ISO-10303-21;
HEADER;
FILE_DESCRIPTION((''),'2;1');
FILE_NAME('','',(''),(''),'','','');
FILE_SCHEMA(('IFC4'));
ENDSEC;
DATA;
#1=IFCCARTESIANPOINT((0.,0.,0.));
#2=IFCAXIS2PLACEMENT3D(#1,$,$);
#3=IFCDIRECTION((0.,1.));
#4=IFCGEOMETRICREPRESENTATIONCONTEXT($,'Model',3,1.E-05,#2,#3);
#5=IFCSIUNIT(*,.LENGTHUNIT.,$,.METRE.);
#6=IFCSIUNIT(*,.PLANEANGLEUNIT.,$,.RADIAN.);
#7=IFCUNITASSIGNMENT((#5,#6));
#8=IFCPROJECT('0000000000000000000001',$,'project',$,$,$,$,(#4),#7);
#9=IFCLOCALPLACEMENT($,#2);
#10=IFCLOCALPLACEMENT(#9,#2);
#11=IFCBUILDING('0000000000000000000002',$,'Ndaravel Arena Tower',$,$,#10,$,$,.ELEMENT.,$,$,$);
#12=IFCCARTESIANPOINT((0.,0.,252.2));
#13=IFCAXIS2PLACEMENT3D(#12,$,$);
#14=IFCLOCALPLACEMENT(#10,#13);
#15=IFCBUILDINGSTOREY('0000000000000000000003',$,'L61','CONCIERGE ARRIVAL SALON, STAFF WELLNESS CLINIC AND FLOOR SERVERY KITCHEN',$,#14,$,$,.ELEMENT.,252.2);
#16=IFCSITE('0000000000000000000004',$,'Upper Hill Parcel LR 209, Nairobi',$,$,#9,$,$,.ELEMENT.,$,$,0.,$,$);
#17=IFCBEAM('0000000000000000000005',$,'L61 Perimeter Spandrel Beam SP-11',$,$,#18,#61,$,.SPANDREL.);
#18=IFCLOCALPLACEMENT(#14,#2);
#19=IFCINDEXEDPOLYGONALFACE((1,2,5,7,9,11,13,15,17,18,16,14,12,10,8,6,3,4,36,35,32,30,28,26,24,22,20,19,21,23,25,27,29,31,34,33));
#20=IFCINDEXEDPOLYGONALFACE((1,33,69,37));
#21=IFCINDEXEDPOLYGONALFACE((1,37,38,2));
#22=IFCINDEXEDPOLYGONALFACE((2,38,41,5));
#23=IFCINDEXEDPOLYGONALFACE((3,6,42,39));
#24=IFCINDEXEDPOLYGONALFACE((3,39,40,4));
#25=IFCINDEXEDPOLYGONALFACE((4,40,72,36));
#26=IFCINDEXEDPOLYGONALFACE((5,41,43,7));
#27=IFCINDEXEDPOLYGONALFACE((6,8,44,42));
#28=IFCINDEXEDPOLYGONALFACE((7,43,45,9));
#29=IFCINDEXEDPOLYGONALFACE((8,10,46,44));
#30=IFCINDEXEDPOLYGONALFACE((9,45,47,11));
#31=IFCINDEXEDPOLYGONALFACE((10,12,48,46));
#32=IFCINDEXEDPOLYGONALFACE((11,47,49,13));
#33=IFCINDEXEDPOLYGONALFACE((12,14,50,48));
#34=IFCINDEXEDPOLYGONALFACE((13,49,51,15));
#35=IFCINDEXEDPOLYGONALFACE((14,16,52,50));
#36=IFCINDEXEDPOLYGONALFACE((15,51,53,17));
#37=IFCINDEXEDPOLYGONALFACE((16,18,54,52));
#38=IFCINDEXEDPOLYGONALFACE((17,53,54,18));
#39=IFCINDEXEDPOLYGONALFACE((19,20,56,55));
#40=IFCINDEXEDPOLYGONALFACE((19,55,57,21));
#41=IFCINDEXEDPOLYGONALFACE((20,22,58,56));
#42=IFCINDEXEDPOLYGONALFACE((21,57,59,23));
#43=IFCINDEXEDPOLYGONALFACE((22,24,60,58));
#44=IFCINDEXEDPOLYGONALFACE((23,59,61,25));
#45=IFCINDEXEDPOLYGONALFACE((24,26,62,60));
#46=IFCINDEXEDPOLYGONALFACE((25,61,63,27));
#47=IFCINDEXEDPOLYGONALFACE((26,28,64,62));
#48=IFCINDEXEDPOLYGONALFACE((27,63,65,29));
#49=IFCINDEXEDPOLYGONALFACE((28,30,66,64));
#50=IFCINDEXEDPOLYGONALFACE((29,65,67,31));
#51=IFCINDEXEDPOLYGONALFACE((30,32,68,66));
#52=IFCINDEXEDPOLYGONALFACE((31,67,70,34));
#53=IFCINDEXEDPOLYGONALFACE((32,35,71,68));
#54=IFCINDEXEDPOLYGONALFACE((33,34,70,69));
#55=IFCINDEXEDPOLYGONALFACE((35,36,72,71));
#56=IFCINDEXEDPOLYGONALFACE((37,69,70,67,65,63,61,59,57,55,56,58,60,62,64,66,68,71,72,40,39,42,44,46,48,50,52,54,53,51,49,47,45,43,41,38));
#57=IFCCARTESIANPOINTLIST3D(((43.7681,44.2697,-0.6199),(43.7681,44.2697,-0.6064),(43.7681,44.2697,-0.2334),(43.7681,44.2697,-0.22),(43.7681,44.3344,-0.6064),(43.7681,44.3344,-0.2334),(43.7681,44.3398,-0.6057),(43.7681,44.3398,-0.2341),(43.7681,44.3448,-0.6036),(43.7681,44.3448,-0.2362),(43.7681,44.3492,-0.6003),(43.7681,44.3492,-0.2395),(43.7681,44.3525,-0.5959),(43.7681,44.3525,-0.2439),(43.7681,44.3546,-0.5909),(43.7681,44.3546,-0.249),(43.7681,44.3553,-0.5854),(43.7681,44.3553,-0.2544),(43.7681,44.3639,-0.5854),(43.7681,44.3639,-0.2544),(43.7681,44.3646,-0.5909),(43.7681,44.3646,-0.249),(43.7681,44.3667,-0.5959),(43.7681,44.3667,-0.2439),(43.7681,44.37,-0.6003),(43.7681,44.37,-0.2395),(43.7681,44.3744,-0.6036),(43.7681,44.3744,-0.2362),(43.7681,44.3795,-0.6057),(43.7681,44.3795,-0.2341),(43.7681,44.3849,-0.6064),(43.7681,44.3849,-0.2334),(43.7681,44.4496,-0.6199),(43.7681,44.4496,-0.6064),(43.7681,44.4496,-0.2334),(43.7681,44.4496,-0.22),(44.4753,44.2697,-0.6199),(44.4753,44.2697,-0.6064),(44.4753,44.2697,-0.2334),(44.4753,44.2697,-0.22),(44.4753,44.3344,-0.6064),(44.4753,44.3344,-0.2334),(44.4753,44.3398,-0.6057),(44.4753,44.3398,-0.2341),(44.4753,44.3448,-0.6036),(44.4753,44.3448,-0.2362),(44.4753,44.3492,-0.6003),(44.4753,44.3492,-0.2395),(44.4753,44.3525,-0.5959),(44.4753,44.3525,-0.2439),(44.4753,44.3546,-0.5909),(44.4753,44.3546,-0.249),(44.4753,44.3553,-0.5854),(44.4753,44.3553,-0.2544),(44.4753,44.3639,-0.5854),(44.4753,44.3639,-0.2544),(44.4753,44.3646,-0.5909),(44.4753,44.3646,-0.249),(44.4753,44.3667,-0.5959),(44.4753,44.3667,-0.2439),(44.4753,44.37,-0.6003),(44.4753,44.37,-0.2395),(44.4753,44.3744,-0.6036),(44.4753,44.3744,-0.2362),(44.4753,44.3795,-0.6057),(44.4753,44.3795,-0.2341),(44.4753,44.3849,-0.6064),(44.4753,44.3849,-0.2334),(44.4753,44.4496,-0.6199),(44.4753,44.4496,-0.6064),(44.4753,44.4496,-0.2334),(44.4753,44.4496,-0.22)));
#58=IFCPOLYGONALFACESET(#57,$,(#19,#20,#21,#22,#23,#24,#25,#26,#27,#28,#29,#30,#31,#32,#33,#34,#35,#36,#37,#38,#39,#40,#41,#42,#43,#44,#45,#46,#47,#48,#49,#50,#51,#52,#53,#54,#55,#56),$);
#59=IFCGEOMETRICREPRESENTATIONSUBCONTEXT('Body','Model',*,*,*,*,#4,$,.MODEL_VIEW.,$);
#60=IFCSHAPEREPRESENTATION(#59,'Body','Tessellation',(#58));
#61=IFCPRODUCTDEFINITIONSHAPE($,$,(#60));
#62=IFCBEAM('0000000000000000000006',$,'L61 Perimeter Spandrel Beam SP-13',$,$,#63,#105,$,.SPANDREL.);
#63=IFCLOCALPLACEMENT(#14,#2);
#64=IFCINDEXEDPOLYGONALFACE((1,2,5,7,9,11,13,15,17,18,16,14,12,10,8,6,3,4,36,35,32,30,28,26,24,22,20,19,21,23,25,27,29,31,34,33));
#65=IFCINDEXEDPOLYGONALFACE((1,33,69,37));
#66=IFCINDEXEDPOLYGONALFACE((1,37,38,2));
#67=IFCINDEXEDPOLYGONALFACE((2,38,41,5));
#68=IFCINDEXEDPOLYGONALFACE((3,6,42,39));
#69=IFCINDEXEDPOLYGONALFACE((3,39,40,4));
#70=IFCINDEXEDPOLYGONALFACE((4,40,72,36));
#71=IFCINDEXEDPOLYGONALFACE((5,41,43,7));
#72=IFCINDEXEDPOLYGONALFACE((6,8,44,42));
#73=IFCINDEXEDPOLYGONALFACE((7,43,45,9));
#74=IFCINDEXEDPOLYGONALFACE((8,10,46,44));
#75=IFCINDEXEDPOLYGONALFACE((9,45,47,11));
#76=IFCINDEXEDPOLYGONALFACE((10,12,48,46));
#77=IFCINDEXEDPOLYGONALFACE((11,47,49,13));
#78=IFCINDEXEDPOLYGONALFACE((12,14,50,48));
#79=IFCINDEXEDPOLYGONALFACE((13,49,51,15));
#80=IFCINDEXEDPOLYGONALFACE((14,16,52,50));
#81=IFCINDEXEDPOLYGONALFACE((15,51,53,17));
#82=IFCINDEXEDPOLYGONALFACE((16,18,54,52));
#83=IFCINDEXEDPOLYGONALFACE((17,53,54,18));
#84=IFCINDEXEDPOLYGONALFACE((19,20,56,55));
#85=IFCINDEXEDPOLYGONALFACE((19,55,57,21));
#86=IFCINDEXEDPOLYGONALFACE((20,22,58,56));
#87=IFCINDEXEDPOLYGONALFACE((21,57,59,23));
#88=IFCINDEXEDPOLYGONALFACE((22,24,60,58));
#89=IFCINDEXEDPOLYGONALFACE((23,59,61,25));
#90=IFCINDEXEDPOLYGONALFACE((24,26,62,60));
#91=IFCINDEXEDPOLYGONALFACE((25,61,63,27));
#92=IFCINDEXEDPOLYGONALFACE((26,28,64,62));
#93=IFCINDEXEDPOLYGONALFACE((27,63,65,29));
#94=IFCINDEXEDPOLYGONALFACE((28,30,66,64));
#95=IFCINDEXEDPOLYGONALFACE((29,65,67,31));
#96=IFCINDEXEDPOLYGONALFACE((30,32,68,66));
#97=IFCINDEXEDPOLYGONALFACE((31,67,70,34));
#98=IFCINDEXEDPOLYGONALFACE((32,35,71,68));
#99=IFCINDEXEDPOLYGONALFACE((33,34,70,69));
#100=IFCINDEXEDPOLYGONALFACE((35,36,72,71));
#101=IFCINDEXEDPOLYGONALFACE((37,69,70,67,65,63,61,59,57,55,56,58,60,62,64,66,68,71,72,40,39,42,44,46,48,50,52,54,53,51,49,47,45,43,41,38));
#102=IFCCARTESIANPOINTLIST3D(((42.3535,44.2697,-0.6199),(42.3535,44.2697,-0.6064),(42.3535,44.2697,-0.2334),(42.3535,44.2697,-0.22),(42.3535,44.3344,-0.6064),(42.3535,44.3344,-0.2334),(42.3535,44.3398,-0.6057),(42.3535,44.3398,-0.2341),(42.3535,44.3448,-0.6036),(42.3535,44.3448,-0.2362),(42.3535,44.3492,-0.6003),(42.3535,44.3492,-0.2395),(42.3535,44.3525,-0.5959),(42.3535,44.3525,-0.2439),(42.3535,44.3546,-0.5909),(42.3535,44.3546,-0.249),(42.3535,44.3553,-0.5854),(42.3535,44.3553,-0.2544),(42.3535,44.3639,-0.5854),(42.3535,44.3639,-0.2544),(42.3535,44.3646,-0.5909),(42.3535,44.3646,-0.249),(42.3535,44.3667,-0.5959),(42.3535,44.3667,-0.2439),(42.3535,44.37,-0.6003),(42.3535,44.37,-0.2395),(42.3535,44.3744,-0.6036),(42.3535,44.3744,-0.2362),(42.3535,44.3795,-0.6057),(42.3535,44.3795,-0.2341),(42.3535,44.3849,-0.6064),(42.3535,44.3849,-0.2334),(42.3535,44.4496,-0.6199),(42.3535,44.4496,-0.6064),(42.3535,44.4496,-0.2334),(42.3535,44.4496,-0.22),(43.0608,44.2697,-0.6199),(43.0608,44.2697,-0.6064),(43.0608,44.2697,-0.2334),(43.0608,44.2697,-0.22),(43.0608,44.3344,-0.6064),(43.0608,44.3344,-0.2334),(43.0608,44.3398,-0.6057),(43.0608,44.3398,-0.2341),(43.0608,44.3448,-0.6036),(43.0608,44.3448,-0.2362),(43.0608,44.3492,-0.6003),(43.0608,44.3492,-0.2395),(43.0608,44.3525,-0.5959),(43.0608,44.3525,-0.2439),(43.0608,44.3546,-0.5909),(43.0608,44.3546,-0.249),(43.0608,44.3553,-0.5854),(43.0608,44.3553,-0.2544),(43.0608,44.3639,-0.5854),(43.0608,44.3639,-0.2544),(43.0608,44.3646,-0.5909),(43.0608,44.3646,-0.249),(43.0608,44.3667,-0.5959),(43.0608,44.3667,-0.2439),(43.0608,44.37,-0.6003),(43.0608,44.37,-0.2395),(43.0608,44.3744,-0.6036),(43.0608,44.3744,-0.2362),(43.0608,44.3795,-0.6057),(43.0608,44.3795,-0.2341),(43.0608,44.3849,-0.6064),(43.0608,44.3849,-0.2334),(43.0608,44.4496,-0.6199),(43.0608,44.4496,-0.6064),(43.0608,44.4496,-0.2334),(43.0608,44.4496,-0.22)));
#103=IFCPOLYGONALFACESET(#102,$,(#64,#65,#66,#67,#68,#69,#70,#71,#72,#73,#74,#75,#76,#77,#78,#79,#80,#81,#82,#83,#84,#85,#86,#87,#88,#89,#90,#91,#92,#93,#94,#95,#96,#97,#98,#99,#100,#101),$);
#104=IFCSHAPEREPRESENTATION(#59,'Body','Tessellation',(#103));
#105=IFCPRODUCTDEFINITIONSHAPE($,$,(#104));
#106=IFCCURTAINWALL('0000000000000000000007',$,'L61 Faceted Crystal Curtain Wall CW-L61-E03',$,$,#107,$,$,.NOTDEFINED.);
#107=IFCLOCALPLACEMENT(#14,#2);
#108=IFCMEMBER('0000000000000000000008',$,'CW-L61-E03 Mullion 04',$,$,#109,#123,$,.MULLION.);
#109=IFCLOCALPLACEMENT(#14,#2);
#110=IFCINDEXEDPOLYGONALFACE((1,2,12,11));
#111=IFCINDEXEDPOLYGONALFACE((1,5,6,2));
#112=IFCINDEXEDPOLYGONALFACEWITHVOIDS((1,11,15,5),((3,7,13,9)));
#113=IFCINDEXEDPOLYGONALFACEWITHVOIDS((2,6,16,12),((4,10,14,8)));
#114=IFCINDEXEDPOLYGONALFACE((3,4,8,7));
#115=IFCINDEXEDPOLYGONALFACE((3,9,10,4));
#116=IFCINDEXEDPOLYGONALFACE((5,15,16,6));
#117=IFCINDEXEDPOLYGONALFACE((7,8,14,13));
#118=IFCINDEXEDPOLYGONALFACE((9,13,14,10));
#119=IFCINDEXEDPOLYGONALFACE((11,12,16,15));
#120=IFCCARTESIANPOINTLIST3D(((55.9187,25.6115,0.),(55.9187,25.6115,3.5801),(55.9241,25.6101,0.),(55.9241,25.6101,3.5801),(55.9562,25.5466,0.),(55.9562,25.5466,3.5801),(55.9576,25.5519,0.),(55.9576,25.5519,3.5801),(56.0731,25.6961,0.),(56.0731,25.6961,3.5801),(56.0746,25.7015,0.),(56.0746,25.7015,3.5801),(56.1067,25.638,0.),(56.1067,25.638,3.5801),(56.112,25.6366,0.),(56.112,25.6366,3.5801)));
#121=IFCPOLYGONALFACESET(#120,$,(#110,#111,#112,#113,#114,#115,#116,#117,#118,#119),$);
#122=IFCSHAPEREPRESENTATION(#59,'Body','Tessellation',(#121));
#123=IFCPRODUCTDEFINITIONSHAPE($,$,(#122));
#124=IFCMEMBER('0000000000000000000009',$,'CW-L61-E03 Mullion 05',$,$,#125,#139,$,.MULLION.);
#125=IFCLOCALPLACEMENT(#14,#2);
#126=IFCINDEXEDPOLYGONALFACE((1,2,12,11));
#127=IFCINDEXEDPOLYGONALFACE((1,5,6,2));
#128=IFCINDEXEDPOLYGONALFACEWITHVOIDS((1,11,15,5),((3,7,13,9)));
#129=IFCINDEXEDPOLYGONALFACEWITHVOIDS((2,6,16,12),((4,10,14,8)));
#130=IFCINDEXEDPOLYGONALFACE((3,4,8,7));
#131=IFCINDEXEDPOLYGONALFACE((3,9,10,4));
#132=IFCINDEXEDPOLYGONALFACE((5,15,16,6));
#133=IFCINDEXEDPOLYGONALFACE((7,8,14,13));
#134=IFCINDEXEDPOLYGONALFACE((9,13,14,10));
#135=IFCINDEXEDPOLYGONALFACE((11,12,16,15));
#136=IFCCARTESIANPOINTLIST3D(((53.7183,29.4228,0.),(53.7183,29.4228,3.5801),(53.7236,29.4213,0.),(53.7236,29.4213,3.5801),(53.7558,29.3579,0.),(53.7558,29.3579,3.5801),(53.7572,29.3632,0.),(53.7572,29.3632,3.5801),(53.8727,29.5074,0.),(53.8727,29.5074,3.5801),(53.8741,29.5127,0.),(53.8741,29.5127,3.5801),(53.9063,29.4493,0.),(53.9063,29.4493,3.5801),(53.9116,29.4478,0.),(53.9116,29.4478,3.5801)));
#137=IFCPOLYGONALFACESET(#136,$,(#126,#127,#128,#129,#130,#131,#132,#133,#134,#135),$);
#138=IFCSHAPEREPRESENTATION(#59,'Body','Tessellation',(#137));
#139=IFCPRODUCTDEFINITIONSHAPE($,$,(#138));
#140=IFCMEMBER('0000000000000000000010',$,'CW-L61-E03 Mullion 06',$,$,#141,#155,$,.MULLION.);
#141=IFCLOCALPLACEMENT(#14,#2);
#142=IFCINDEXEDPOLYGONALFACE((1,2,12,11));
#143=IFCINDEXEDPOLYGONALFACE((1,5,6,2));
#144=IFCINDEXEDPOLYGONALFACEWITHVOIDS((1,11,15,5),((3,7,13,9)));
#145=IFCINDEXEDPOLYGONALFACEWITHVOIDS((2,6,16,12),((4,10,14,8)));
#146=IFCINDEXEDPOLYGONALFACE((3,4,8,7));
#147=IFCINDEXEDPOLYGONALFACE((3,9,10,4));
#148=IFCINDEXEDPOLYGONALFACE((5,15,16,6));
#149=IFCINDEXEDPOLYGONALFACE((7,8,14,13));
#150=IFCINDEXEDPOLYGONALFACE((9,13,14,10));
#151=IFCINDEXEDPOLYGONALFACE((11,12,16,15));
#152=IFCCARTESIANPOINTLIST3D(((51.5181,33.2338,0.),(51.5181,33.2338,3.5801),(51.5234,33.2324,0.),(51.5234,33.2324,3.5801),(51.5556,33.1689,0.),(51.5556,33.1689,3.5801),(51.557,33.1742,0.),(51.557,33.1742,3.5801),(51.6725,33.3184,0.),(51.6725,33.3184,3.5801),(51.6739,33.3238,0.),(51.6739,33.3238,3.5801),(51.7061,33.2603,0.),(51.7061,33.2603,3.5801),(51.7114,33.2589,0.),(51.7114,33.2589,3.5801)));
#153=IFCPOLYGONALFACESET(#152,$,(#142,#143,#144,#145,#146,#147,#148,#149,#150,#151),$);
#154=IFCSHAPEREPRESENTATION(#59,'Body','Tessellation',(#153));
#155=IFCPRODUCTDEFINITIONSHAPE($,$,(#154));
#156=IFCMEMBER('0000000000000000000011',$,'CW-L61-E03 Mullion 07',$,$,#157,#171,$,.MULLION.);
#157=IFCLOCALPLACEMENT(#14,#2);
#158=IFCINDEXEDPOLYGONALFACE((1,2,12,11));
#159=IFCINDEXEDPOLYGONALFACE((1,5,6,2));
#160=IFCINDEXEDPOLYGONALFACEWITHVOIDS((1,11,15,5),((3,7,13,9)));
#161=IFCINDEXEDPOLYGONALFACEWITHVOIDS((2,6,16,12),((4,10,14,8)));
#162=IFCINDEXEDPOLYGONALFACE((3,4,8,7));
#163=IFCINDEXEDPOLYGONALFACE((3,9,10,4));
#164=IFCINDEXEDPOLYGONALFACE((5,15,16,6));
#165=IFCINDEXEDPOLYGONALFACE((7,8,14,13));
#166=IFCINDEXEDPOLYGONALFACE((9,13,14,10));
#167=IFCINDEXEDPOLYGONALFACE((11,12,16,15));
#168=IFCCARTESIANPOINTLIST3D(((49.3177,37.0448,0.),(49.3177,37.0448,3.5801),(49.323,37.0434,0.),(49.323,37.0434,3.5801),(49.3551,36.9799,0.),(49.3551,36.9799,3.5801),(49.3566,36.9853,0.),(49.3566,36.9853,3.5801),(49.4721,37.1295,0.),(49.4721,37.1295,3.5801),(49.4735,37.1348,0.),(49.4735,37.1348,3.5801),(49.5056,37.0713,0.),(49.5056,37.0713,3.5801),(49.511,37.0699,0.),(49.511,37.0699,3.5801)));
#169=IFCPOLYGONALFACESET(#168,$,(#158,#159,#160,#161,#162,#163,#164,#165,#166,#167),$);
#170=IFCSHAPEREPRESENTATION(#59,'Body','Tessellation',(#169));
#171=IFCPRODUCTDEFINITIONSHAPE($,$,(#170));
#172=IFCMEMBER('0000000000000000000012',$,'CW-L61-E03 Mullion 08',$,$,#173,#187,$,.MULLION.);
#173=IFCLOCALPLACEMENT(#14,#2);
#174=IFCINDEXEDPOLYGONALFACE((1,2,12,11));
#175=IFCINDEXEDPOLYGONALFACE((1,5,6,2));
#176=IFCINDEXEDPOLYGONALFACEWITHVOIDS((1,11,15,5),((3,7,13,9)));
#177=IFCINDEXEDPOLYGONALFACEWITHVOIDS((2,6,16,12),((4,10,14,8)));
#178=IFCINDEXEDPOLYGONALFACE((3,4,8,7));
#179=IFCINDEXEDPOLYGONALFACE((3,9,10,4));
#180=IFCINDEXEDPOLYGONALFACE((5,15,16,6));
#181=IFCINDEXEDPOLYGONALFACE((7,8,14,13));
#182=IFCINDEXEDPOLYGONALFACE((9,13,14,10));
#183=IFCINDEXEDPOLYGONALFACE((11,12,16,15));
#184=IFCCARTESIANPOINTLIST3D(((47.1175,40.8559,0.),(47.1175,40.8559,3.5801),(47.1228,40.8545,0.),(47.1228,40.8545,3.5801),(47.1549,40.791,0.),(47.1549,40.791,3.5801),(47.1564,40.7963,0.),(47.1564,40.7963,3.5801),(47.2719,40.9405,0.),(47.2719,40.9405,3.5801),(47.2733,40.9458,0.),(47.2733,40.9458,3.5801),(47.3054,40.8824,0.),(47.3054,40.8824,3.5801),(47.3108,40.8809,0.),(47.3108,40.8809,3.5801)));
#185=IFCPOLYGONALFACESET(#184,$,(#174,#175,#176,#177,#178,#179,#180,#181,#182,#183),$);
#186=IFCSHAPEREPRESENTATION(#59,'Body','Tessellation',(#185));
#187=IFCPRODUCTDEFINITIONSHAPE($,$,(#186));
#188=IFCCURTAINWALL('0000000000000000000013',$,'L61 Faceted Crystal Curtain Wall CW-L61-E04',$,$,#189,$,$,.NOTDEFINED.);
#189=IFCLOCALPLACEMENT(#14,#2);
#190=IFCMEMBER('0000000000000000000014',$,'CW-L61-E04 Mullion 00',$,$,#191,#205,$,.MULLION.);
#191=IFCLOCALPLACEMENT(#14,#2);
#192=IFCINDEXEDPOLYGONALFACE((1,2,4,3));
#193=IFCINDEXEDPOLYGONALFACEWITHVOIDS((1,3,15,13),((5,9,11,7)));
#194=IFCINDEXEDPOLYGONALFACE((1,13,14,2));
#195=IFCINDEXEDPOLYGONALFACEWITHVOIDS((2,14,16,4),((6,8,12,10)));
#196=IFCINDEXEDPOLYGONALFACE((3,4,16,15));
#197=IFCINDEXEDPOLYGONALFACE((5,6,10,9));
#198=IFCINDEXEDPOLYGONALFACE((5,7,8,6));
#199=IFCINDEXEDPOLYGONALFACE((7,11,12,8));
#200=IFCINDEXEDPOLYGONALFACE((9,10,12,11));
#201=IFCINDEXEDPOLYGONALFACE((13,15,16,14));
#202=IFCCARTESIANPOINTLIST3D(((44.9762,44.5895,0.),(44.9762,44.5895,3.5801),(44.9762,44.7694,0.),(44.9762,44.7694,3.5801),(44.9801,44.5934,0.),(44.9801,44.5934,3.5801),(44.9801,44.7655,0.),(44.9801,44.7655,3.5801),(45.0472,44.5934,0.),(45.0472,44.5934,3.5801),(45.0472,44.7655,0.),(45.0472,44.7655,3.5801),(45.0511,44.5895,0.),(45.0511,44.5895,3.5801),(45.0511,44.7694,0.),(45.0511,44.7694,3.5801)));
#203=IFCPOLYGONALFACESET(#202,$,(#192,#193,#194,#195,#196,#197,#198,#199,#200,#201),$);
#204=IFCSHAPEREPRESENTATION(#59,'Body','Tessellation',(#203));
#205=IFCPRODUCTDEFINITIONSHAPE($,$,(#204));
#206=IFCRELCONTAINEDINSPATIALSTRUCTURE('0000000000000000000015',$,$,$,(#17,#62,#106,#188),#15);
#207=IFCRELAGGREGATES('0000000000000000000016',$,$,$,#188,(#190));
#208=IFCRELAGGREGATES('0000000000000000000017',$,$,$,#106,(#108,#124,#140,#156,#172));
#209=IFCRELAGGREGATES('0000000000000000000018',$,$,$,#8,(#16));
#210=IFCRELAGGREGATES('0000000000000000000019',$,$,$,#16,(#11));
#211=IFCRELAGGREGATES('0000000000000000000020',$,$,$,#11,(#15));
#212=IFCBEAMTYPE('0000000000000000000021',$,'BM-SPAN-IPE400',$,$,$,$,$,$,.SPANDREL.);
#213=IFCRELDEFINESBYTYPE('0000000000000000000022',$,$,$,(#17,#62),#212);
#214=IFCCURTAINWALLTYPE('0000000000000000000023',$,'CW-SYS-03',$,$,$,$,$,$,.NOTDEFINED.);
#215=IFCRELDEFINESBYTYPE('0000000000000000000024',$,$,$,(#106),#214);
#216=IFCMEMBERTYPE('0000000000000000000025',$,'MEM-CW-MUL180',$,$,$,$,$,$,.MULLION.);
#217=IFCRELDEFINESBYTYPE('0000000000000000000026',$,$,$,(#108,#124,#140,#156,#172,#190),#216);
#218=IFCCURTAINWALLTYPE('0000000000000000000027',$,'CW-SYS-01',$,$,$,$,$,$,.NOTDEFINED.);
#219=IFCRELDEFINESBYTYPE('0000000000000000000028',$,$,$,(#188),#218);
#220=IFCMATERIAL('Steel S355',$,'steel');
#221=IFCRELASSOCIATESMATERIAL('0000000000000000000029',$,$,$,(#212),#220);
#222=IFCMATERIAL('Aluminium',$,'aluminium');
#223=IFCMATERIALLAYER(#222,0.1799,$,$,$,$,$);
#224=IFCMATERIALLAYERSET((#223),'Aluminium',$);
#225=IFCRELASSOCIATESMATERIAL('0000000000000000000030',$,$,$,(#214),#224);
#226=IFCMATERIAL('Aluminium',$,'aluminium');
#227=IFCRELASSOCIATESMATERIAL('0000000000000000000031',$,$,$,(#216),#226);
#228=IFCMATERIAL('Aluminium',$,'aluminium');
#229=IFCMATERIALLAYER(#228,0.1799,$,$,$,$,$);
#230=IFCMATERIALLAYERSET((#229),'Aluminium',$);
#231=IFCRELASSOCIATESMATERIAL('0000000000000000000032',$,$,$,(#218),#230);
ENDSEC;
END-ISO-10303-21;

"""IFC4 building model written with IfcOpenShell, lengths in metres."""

from ifc_helpers import new_model, si_unit, direction, frame, origin, origin_2d, place, context, subcontext, project, spatial, hollow_rectangle, i_section, extrude, material, layer, layer_set, material_profile, profile_set, type_object, element, aggregate, save


model = new_model("IFC4")

# Units and contexts
model_context = context("Model", 3, precision=1e-05, world=origin(), true_north=direction((0.0, 1.0)))
body_context = subcontext(model_context, "Body", "Model", "MODEL_VIEW")
ifc_project = project(units=[si_unit("LENGTHUNIT", "METRE"), si_unit("PLANEANGLEUNIT", "RADIAN")], contexts=[model_context])

# Site, building, storey
site_placement = place(None, origin())
site = spatial("IfcSite", under=ifc_project, at=site_placement, Name="Upper Hill Parcel LR 209, Nairobi", CompositionType="ELEMENT", RefElevation=0.0)
building_placement = place(site_placement, origin())
building = spatial("IfcBuilding", under=site, at=building_placement, Name="Ndaravel Arena Tower", CompositionType="ELEMENT")
storey_placement = place(building_placement, frame((0.0, 0.0, 252.2)))
storey = spatial("IfcBuildingStorey", under=building, at=storey_placement, Name="L61", Description="CONCIERGE ARRIVAL SALON, STAFF WELLNESS CLINIC AND FLOOR SERVERY KITCHEN", CompositionType="ELEMENT", Elevation=252.2)

# Beams
ifc_material_1 = material(Name="Steel S355", Category="steel")
ifc_material_profile_1 = material_profile(ifc_material_1, i_section(OverallWidth=0.1799, OverallDepth=0.3999, WebThickness=0.0085, FlangeThickness=0.0134, FilletRadius=0.021, at=origin_2d()), Name="IPE 400")
ifc_profile_set_1 = profile_set([ifc_material_profile_1], Name="Steel S355")
beam_type_1 = type_object("IfcBeamType", Name="BM-SPAN-IPE400", PredefinedType="SPANDREL", material=ifc_profile_set_1)
for number, where, z_axis, x_axis, name in (
    (1, (44.4753, 44.3596, -0.4199), (-1.0, 0.0, 0.0), (0.0, -1.0, 0.0), "L61 Perimeter Spandrel Beam SP-11"),
    (2, (43.0608, 44.3596, -0.4199), (-1.0, 0.0, 0.0), (0.0, -1.0, 0.0), "L61 Perimeter Spandrel Beam SP-13"),
):
    element("IfcBeam", number, at=place(storey_placement, frame(where, z_axis=z_axis, x_axis=x_axis)), inside=storey, type_object=beam_type_1, Name=name, PredefinedType="SPANDREL", context=body_context, shape_type="SweptSolid", body=[
        extrude(i_section(OverallWidth=0.1799, OverallDepth=0.3999, WebThickness=0.0085, FlangeThickness=0.0134, FilletRadius=0.021, at=origin_2d()), origin(), (0.0, 0.0, 1.0), 0.7073),
    ])

# Curtain walls, members
ifc_material_2 = material(Name="Aluminium", Category="aluminium")
ifc_layer_1 = layer(ifc_material_2, 0.1799)
ifc_layer_set_1 = layer_set([ifc_layer_1], Name="Aluminium")
curtain_wall_type_1 = type_object("IfcCurtainWallType", Name="CW-SYS-03", PredefinedType="NOTDEFINED", material=ifc_layer_set_1)
curtain_wall_1_placement = place(storey_placement, origin())
curtain_wall_1 = element("IfcCurtainWall", 3, at=curtain_wall_1_placement, inside=storey, type_object=curtain_wall_type_1, Name="L61 Faceted Crystal Curtain Wall CW-L61-E03", PredefinedType="NOTDEFINED")
ifc_material_3 = material(Name="Aluminium", Category="aluminium")
ifc_material_profile_2 = material_profile(ifc_material_3, hollow_rectangle(XDim=0.075, YDim=0.1799, WallThickness=0.0039, at=origin_2d()), Name="CW MULLION 75x180x4")
ifc_profile_set_2 = profile_set([ifc_material_profile_2], Name="Aluminium")
member_type_1 = type_object("IfcMemberType", Name="MEM-CW-MUL180", PredefinedType="MULLION", material=ifc_profile_set_2)
member_1_placement = place(storey_placement, frame((56.0154, 25.624, 0.0), z_axis=(0.0, 0.0, 1.0), x_axis=(-0.5, 0.866025, 0.0)))
member_1 = element("IfcMember", 4, at=member_1_placement, type_object=member_type_1, Name="CW-L61-E03 Mullion 04", PredefinedType="MULLION", context=body_context, shape_type="SweptSolid", body=[
    extrude(hollow_rectangle(XDim=0.075, YDim=0.1799, WallThickness=0.0039, at=origin_2d()), origin(), (0.0, 0.0, 1.0), 3.5801),
])
member_2_placement = place(storey_placement, frame((53.8149, 29.4353, 0.0), z_axis=(0.0, 0.0, 1.0), x_axis=(-0.5, 0.866025, 0.0)))
member_2 = element("IfcMember", 5, at=member_2_placement, type_object=member_type_1, Name="CW-L61-E03 Mullion 05", PredefinedType="MULLION", context=body_context, shape_type="SweptSolid", body=[
    extrude(hollow_rectangle(XDim=0.075, YDim=0.1799, WallThickness=0.0039, at=origin_2d()), origin(), (0.0, 0.0, 1.0), 3.5801),
])
member_3_placement = place(storey_placement, frame((51.6147, 33.2463, 0.0), z_axis=(0.0, 0.0, 1.0), x_axis=(-0.5, 0.866025, 0.0)))
member_3 = element("IfcMember", 6, at=member_3_placement, type_object=member_type_1, Name="CW-L61-E03 Mullion 06", PredefinedType="MULLION", context=body_context, shape_type="SweptSolid", body=[
    extrude(hollow_rectangle(XDim=0.075, YDim=0.1799, WallThickness=0.0039, at=origin_2d()), origin(), (0.0, 0.0, 1.0), 3.5801),
])
member_4_placement = place(storey_placement, frame((49.4143, 37.0574, 0.0), z_axis=(0.0, 0.0, 1.0), x_axis=(-0.5, 0.866025, 0.0)))
member_4 = element("IfcMember", 7, at=member_4_placement, type_object=member_type_1, Name="CW-L61-E03 Mullion 07", PredefinedType="MULLION", context=body_context, shape_type="SweptSolid", body=[
    extrude(hollow_rectangle(XDim=0.075, YDim=0.1799, WallThickness=0.0039, at=origin_2d()), origin(), (0.0, 0.0, 1.0), 3.5801),
])
member_5_placement = place(storey_placement, frame((47.2141, 40.8684, 0.0), z_axis=(0.0, 0.0, 1.0), x_axis=(-0.5, 0.866025, 0.0)))
member_5 = element("IfcMember", 8, at=member_5_placement, type_object=member_type_1, Name="CW-L61-E03 Mullion 08", PredefinedType="MULLION", context=body_context, shape_type="SweptSolid", body=[
    extrude(hollow_rectangle(XDim=0.075, YDim=0.1799, WallThickness=0.0039, at=origin_2d()), origin(), (0.0, 0.0, 1.0), 3.5801),
])
ifc_material_4 = material(Name="Aluminium", Category="aluminium")
ifc_layer_2 = layer(ifc_material_4, 0.1799)
ifc_layer_set_2 = layer_set([ifc_layer_2], Name="Aluminium")
curtain_wall_type_2 = type_object("IfcCurtainWallType", Name="CW-SYS-01", PredefinedType="NOTDEFINED", material=ifc_layer_set_2)
curtain_wall_2_placement = place(storey_placement, origin())
curtain_wall_2 = element("IfcCurtainWall", 9, at=curtain_wall_2_placement, inside=storey, type_object=curtain_wall_type_2, Name="L61 Faceted Crystal Curtain Wall CW-L61-E04", PredefinedType="NOTDEFINED")
member_6_placement = place(storey_placement, frame((45.0137, 44.6794, 0.0), z_axis=(0.0, 0.0, 1.0), x_axis=(-1.0, 0.0, 0.0)))
member_6 = element("IfcMember", 10, at=member_6_placement, type_object=member_type_1, Name="CW-L61-E04 Mullion 00", PredefinedType="MULLION", context=body_context, shape_type="SweptSolid", body=[
    extrude(hollow_rectangle(XDim=0.075, YDim=0.1799, WallThickness=0.0039, at=origin_2d()), origin(), (0.0, 0.0, 1.0), 3.5801),
])
aggregate(curtain_wall_2, [member_6])

aggregate(curtain_wall_1, [member_1, member_2, member_3, member_4, member_5])

save(model, "model.ifc")
